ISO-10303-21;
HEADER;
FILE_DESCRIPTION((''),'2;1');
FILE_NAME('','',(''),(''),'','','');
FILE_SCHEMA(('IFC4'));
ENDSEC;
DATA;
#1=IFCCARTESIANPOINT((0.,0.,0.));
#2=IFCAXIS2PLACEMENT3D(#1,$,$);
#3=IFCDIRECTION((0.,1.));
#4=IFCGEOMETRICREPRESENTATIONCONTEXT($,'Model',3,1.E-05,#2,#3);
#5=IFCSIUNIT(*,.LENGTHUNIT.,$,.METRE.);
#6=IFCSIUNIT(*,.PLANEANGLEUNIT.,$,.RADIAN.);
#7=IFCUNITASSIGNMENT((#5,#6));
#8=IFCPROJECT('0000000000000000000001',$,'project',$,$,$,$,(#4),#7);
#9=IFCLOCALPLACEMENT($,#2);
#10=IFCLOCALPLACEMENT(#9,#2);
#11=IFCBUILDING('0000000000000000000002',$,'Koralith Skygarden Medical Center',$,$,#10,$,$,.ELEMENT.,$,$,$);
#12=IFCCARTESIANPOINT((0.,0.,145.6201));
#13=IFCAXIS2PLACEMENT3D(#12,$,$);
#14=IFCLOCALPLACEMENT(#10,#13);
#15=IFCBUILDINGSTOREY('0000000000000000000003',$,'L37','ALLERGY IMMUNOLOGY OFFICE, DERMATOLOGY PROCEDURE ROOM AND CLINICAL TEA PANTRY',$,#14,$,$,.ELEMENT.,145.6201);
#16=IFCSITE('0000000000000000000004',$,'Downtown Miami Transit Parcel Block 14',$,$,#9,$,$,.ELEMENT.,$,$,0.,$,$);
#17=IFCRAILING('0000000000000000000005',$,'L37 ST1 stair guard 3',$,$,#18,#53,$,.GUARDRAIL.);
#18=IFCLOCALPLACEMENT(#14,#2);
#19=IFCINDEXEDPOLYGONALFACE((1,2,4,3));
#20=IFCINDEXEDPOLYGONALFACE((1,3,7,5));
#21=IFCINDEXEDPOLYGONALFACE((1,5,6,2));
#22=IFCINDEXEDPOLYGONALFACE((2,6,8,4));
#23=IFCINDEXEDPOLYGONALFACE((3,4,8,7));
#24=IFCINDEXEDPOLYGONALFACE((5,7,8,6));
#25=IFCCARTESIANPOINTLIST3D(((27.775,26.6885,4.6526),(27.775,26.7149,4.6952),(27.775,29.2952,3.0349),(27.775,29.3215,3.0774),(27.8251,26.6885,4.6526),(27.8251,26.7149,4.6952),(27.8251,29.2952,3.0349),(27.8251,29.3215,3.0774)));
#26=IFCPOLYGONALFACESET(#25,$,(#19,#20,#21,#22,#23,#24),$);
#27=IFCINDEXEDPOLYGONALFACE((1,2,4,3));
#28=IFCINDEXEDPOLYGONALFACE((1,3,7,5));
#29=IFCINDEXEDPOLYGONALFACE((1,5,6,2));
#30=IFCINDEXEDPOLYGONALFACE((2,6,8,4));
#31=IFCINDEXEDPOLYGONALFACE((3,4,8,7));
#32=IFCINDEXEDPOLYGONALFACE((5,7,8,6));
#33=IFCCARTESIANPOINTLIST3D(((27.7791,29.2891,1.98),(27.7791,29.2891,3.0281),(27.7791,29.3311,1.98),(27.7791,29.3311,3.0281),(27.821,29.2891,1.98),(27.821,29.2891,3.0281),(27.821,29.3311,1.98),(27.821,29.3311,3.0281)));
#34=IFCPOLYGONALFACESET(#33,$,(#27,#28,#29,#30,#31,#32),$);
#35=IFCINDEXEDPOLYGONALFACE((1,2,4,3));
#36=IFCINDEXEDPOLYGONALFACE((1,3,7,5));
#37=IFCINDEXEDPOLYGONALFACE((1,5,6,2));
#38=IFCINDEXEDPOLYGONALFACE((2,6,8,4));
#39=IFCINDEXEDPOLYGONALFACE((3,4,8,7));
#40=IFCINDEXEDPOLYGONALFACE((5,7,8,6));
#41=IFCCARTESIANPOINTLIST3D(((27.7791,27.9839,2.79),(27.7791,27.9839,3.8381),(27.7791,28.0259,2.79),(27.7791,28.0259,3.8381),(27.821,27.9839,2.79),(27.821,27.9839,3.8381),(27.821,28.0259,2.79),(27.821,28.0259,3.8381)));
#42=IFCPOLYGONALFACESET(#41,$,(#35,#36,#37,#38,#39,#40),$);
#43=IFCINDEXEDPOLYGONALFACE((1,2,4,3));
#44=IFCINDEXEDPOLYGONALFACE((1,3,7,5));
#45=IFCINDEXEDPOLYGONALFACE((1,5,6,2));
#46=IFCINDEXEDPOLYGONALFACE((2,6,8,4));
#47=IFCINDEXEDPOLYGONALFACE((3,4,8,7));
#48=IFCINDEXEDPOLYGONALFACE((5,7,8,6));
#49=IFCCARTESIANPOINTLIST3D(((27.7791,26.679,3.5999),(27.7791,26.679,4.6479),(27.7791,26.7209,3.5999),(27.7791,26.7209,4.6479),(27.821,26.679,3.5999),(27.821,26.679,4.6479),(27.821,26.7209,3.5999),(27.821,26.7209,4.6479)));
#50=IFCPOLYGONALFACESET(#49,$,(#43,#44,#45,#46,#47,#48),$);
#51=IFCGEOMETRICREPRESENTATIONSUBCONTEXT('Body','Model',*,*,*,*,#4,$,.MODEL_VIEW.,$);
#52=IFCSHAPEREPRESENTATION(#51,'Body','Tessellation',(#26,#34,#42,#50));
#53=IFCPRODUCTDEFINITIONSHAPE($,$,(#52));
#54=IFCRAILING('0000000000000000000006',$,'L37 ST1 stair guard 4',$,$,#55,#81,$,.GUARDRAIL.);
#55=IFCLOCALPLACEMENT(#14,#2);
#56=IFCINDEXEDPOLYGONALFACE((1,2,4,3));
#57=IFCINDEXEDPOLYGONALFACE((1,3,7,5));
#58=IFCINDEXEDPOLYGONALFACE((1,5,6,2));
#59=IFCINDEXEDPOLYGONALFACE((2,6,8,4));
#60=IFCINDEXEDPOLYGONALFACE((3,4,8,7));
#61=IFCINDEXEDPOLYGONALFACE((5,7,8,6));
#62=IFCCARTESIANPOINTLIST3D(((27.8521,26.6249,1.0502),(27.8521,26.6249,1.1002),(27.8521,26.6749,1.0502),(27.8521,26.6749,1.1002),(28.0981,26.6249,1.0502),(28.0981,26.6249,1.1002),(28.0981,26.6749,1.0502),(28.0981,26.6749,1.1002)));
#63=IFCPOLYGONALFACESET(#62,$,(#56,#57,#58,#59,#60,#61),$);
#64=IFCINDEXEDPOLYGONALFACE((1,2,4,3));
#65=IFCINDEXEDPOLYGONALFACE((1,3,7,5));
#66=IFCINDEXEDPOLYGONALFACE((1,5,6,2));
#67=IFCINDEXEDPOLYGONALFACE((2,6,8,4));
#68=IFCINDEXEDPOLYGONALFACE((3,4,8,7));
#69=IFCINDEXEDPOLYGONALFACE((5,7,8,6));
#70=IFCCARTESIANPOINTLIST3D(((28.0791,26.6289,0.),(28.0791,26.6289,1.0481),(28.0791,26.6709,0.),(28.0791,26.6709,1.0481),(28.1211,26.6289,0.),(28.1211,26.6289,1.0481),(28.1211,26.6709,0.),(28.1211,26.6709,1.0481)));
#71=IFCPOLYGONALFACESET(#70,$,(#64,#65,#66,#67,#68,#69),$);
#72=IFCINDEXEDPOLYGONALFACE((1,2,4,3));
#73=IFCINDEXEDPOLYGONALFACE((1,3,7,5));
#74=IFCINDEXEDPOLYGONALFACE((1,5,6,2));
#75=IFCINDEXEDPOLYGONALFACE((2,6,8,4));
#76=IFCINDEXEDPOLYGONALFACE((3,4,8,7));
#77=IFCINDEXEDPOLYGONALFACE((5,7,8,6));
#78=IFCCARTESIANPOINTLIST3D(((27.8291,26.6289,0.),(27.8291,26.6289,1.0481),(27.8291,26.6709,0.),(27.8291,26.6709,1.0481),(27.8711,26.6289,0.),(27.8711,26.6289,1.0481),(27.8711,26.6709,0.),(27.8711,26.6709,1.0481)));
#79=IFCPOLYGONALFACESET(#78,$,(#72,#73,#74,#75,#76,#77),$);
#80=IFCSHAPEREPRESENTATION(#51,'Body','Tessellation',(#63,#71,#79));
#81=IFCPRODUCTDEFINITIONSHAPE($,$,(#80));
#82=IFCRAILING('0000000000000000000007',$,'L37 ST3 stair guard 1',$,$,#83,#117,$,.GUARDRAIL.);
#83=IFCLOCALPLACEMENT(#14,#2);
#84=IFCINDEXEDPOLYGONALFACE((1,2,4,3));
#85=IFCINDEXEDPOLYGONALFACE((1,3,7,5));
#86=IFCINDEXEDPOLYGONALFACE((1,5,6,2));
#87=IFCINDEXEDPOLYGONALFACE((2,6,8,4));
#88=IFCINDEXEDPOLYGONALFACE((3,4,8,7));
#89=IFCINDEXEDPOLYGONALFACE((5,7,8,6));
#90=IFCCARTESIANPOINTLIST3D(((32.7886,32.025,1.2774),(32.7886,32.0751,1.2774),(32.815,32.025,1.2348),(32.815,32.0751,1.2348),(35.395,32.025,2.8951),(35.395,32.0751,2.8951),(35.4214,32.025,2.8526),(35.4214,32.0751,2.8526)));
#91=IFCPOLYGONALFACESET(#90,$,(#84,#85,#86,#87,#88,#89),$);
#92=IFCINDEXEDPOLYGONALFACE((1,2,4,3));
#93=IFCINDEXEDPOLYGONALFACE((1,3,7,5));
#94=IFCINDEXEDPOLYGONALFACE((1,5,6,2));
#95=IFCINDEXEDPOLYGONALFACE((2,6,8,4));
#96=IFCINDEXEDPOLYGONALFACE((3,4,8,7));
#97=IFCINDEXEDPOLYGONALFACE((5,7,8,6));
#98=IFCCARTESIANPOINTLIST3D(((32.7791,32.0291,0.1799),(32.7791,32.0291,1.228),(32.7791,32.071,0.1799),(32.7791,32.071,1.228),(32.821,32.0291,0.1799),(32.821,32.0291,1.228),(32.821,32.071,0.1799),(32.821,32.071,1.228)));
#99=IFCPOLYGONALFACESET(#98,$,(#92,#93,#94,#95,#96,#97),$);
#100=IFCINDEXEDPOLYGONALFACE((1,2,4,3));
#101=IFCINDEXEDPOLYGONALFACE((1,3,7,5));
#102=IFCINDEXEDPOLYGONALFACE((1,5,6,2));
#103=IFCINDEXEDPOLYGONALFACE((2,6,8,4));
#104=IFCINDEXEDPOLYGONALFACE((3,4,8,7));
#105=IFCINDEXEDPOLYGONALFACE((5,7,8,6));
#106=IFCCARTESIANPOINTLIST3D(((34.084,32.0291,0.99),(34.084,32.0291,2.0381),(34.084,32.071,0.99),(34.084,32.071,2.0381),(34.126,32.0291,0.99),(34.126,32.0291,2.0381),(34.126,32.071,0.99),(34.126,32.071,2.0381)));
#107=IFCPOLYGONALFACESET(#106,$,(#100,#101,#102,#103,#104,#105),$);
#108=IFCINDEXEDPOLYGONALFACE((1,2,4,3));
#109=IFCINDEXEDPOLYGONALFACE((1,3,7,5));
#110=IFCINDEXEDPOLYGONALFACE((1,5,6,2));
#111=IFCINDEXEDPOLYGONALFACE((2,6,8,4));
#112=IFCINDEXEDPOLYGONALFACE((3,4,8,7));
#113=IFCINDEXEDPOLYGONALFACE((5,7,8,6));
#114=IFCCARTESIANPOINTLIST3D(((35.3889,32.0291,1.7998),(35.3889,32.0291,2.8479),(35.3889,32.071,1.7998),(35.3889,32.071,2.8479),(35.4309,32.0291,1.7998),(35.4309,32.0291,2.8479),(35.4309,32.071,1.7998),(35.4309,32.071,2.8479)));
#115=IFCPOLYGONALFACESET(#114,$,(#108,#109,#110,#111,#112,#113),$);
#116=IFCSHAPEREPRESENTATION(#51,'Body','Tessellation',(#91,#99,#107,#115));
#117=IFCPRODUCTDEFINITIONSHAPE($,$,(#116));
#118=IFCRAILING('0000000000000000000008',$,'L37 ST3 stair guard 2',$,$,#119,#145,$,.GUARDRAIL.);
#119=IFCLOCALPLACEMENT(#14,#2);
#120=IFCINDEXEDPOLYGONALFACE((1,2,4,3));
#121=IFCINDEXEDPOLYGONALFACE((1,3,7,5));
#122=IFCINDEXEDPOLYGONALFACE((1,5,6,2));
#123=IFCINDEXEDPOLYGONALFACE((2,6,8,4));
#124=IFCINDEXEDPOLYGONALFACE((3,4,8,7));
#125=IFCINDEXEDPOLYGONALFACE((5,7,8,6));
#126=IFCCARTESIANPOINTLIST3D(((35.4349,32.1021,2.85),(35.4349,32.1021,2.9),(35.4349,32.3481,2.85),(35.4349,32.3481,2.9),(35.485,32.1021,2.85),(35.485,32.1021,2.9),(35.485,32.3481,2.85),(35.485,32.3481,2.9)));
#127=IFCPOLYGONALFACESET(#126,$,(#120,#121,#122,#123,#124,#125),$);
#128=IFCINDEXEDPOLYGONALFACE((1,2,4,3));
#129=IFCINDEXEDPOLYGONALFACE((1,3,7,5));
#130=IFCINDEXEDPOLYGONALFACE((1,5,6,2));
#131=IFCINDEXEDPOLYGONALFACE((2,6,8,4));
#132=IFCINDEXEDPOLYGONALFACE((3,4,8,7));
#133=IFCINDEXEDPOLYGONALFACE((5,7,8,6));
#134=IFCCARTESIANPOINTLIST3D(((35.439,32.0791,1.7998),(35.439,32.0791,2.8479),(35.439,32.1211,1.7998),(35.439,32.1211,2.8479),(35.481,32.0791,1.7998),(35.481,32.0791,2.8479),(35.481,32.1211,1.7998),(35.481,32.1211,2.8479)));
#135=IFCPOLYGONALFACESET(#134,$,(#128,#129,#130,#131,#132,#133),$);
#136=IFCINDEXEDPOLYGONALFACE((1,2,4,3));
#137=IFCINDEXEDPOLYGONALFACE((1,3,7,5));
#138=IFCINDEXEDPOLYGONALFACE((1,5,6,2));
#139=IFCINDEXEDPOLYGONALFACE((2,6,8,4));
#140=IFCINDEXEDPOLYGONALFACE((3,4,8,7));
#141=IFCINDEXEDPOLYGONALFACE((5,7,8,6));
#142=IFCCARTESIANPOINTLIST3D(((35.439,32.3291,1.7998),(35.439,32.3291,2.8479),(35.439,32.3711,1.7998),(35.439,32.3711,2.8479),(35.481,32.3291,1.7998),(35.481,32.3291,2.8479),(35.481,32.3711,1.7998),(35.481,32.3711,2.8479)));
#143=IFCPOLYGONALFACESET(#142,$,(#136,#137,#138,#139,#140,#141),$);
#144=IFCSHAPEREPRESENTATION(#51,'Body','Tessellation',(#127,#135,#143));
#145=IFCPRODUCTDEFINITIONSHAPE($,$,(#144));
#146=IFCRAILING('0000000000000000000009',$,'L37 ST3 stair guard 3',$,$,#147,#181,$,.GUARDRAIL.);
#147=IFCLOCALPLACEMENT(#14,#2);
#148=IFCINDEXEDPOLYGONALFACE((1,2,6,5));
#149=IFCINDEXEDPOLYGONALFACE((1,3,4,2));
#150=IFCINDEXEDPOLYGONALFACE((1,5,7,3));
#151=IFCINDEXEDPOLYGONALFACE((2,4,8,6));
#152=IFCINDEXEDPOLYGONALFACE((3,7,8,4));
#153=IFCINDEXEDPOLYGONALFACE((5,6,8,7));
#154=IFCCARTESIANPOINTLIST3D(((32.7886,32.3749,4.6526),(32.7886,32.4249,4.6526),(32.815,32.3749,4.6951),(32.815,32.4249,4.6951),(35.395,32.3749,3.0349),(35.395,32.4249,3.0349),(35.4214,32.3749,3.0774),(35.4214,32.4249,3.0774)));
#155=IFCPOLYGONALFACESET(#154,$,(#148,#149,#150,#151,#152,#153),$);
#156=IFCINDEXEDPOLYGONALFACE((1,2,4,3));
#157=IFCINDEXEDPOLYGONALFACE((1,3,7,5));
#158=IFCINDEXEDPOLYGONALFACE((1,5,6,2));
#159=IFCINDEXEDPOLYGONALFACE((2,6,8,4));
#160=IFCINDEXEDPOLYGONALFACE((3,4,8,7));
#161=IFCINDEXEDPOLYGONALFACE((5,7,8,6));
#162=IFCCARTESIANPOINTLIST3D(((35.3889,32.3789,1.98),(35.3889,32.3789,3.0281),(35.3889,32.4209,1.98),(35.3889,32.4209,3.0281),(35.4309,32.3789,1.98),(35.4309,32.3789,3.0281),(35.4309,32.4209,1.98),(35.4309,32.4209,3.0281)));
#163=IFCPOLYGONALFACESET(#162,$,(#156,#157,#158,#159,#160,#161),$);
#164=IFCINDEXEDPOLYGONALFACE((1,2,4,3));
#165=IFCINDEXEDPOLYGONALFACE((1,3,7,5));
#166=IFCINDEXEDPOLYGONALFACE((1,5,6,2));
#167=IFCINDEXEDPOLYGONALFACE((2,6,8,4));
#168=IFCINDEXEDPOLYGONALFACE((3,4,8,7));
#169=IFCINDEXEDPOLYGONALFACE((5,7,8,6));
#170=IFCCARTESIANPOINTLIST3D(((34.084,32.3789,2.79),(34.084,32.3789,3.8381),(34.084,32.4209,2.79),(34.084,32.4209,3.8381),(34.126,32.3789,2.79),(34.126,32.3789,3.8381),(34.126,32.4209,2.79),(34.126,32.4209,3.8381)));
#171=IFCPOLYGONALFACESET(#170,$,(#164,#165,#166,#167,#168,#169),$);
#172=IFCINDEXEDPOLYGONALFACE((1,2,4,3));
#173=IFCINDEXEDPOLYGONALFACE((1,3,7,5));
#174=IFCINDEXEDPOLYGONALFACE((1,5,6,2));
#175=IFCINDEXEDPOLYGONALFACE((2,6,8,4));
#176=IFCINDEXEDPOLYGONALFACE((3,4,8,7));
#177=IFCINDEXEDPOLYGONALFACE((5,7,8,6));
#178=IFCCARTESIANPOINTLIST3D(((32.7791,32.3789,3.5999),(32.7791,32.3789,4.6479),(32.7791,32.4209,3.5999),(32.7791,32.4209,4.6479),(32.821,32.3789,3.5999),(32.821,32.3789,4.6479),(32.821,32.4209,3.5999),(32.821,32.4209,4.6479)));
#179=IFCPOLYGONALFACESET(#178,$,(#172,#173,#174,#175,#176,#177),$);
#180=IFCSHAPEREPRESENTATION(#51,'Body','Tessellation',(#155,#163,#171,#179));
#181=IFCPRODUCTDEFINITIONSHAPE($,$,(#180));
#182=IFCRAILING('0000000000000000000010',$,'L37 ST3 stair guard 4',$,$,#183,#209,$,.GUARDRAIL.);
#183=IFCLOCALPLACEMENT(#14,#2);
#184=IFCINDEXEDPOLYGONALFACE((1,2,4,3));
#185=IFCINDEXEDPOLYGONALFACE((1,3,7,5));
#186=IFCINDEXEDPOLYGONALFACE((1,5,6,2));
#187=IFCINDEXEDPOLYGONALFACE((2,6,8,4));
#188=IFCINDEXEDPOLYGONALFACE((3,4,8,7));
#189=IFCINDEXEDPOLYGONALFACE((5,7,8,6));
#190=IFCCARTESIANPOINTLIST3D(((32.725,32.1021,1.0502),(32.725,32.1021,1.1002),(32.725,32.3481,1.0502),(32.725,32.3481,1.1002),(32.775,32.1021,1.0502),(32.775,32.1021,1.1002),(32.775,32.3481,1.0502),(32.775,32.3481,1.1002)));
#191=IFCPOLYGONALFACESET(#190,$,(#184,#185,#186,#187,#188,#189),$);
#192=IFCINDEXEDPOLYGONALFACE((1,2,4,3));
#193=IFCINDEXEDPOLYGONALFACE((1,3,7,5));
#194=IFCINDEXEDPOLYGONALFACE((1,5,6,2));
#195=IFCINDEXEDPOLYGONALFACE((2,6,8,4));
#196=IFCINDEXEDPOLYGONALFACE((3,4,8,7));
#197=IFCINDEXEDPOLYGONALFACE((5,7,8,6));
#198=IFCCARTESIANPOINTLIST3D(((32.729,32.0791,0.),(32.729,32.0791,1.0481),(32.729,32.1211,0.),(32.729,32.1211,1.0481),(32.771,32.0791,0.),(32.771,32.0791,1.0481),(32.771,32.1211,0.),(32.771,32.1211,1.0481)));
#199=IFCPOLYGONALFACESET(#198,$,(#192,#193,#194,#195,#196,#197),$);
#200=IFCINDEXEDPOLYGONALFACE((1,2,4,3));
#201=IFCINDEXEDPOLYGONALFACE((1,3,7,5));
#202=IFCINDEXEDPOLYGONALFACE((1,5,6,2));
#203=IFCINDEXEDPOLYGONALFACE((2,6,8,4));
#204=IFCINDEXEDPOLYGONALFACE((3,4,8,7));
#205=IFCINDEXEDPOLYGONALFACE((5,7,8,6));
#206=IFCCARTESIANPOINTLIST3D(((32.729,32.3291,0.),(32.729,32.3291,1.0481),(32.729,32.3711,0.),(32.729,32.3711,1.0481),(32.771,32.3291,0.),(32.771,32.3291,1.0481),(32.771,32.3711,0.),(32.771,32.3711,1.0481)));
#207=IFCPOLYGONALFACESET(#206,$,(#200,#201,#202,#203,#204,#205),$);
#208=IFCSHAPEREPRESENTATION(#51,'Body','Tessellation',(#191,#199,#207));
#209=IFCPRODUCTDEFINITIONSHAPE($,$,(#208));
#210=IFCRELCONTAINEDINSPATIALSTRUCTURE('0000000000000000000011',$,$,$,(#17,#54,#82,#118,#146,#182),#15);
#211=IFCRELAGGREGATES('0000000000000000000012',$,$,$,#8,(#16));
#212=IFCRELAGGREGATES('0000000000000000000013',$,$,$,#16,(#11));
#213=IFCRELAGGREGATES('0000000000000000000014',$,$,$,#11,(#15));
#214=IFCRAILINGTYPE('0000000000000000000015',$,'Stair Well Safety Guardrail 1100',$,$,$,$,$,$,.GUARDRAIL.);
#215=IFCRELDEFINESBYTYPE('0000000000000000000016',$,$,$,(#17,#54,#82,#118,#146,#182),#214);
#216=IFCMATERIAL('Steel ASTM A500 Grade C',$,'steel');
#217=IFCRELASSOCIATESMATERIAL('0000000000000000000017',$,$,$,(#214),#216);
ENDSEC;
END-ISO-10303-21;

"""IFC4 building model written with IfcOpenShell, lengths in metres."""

from ifc_helpers import new_model, si_unit, direction, frame, origin, origin_2d, place, context, subcontext, project, spatial, rectangle, extrude, material, type_object, element, save


model = new_model("IFC4")

# Units and contexts
model_context = context("Model", 3, precision=1e-05, world=origin(), true_north=direction((0.0, 1.0)))
body_context = subcontext(model_context, "Body", "Model", "MODEL_VIEW")
ifc_project = project(units=[si_unit("LENGTHUNIT", "METRE"), si_unit("PLANEANGLEUNIT", "RADIAN")], contexts=[model_context])

# Site, building, storey
site_placement = place(None, origin())
site = spatial("IfcSite", under=ifc_project, at=site_placement, Name="Downtown Miami Transit Parcel Block 14", CompositionType="ELEMENT", RefElevation=0.0)
building_placement = place(site_placement, origin())
building = spatial("IfcBuilding", under=site, at=building_placement, Name="Koralith Skygarden Medical Center", CompositionType="ELEMENT")
storey_placement = place(building_placement, frame((0.0, 0.0, 145.6201)))
storey = spatial("IfcBuildingStorey", under=building, at=storey_placement, Name="L37", Description="ALLERGY IMMUNOLOGY OFFICE, DERMATOLOGY PROCEDURE ROOM AND CLINICAL TEA PANTRY", CompositionType="ELEMENT", Elevation=145.6201)

# Railings
ifc_material_1 = material(Name="Steel ASTM A500 Grade C", Category="steel")
railing_type_1 = type_object("IfcRailingType", Name="Stair Well Safety Guardrail 1100", PredefinedType="GUARDRAIL", material=ifc_material_1)
railing_1_placement = place(storey_placement, frame((27.8, 29.3101, 1.98)))
element("IfcRailing", 1, at=railing_1_placement, inside=storey, type_object=railing_type_1, Name="L37 ST1 stair guard 3", PredefinedType="GUARDRAIL", context=body_context, shape_type="SweptSolid", body=[
    extrude(rectangle(XDim=0.05, YDim=0.05, at=origin_2d()), frame((0.0, -0.0017, 1.0762), z_axis=(0.0, -0.849668, 0.527317), x_axis=(1.0, 0.0, 0.0)), (0.0, 0.0, 1.0), 3.0679),
    extrude(rectangle(XDim=0.042, YDim=0.042, at=origin_2d()), origin(), (0.0, 0.0, 1.0), 1.0481),
    extrude(rectangle(XDim=0.042, YDim=0.042, at=origin_2d()), frame((0.0, -1.3052, 0.8101)), (0.0, 0.0, 1.0), 1.0481),
    extrude(rectangle(XDim=0.042, YDim=0.042, at=origin_2d()), frame((0.0, -2.6101, 1.6199)), (0.0, 0.0, 1.0), 1.0481),
])
railing_2_placement = place(storey_placement, frame((28.1001, 26.6499, 0.0)))
element("IfcRailing", 2, at=railing_2_placement, inside=storey, type_object=railing_type_1, Name="L37 ST1 stair guard 4", PredefinedType="GUARDRAIL", context=body_context, shape_type="SweptSolid", body=[
    extrude(rectangle(XDim=0.05, YDim=0.05, at=origin_2d()), frame((-0.002, 0.0, 1.0752), z_axis=(-1.0, 0.0, 0.0), x_axis=(0.0, -1.0, 0.0)), (0.0, 0.0, 1.0), 0.2461),
    extrude(rectangle(XDim=0.042, YDim=0.042, at=origin_2d()), origin(), (0.0, 0.0, 1.0), 1.0481),
    extrude(rectangle(XDim=0.042, YDim=0.042, at=origin_2d()), frame((-0.25, 0.0, 0.0)), (0.0, 0.0, 1.0), 1.0481),
])
railing_3_placement = place(storey_placement, frame((32.8, 32.05, 0.1799)))
element("IfcRailing", 3, at=railing_3_placement, inside=storey, type_object=railing_type_1, Name="L37 ST3 stair guard 1", PredefinedType="GUARDRAIL", context=body_context, shape_type="SweptSolid", body=[
    extrude(rectangle(XDim=0.05, YDim=0.05, at=origin_2d()), frame((0.0017, 0.0, 1.0762), z_axis=(0.849646, 0.0, 0.527353), x_axis=(0.0, 1.0, 0.0)), (0.0, 0.0, 1.0), 3.0676),
    extrude(rectangle(XDim=0.042, YDim=0.042, at=origin_2d()), origin(), (0.0, 0.0, 1.0), 1.0481),
    extrude(rectangle(XDim=0.042, YDim=0.042, at=origin_2d()), frame((1.3049, 0.0, 0.8101)), (0.0, 0.0, 1.0), 1.0481),
    extrude(rectangle(XDim=0.042, YDim=0.042, at=origin_2d()), frame((2.6099, 0.0, 1.6199)), (0.0, 0.0, 1.0), 1.0481),
])
railing_4_placement = place(storey_placement, frame((35.46, 32.1001, 1.7998)))
element("IfcRailing", 4, at=railing_4_placement, inside=storey, type_object=railing_type_1, Name="L37 ST3 stair guard 2", PredefinedType="GUARDRAIL", context=body_context, shape_type="SweptSolid", body=[
    extrude(rectangle(XDim=0.05, YDim=0.05, at=origin_2d()), frame((0.0, 0.002, 1.0752), z_axis=(0.0, 1.0, 0.0), x_axis=(-1.0, 0.0, 0.0)), (0.0, 0.0, 1.0), 0.2461),
    extrude(rectangle(XDim=0.042, YDim=0.042, at=origin_2d()), origin(), (0.0, 0.0, 1.0), 1.0481),
    extrude(rectangle(XDim=0.042, YDim=0.042, at=origin_2d()), frame((0.0, 0.25, 0.0)), (0.0, 0.0, 1.0), 1.0481),
])
railing_5_placement = place(storey_placement, frame((35.4099, 32.3999, 1.98)))
element("IfcRailing", 5, at=railing_5_placement, inside=storey, type_object=railing_type_1, Name="L37 ST3 stair guard 3", PredefinedType="GUARDRAIL", context=body_context, shape_type="SweptSolid", body=[
    extrude(rectangle(XDim=0.05, YDim=0.05, at=origin_2d()), frame((-0.0017, 0.0, 1.0762), z_axis=(-0.849646, 0.0, 0.527353), x_axis=(0.0, -1.0, 0.0)), (0.0, 0.0, 1.0), 3.0676),
    extrude(rectangle(XDim=0.042, YDim=0.042, at=origin_2d()), origin(), (0.0, 0.0, 1.0), 1.0481),
    extrude(rectangle(XDim=0.042, YDim=0.042, at=origin_2d()), frame((-1.3049, 0.0, 0.8101)), (0.0, 0.0, 1.0), 1.0481),
    extrude(rectangle(XDim=0.042, YDim=0.042, at=origin_2d()), frame((-2.6099, 0.0, 1.6199)), (0.0, 0.0, 1.0), 1.0481),
])
railing_6_placement = place(storey_placement, frame((32.75, 32.1001, 0.0)))
element("IfcRailing", 6, at=railing_6_placement, inside=storey, type_object=railing_type_1, Name="L37 ST3 stair guard 4", PredefinedType="GUARDRAIL", context=body_context, shape_type="SweptSolid", body=[
    extrude(rectangle(XDim=0.05, YDim=0.05, at=origin_2d()), frame((0.0, 0.002, 1.0752), z_axis=(0.0, 1.0, 0.0), x_axis=(-1.0, 0.0, 0.0)), (0.0, 0.0, 1.0), 0.2461),
    extrude(rectangle(XDim=0.042, YDim=0.042, at=origin_2d()), origin(), (0.0, 0.0, 1.0), 1.0481),
    extrude(rectangle(XDim=0.042, YDim=0.042, at=origin_2d()), frame((0.0, 0.25, 0.0)), (0.0, 0.0, 1.0), 1.0481),
])

save(model, "model.ifc")
